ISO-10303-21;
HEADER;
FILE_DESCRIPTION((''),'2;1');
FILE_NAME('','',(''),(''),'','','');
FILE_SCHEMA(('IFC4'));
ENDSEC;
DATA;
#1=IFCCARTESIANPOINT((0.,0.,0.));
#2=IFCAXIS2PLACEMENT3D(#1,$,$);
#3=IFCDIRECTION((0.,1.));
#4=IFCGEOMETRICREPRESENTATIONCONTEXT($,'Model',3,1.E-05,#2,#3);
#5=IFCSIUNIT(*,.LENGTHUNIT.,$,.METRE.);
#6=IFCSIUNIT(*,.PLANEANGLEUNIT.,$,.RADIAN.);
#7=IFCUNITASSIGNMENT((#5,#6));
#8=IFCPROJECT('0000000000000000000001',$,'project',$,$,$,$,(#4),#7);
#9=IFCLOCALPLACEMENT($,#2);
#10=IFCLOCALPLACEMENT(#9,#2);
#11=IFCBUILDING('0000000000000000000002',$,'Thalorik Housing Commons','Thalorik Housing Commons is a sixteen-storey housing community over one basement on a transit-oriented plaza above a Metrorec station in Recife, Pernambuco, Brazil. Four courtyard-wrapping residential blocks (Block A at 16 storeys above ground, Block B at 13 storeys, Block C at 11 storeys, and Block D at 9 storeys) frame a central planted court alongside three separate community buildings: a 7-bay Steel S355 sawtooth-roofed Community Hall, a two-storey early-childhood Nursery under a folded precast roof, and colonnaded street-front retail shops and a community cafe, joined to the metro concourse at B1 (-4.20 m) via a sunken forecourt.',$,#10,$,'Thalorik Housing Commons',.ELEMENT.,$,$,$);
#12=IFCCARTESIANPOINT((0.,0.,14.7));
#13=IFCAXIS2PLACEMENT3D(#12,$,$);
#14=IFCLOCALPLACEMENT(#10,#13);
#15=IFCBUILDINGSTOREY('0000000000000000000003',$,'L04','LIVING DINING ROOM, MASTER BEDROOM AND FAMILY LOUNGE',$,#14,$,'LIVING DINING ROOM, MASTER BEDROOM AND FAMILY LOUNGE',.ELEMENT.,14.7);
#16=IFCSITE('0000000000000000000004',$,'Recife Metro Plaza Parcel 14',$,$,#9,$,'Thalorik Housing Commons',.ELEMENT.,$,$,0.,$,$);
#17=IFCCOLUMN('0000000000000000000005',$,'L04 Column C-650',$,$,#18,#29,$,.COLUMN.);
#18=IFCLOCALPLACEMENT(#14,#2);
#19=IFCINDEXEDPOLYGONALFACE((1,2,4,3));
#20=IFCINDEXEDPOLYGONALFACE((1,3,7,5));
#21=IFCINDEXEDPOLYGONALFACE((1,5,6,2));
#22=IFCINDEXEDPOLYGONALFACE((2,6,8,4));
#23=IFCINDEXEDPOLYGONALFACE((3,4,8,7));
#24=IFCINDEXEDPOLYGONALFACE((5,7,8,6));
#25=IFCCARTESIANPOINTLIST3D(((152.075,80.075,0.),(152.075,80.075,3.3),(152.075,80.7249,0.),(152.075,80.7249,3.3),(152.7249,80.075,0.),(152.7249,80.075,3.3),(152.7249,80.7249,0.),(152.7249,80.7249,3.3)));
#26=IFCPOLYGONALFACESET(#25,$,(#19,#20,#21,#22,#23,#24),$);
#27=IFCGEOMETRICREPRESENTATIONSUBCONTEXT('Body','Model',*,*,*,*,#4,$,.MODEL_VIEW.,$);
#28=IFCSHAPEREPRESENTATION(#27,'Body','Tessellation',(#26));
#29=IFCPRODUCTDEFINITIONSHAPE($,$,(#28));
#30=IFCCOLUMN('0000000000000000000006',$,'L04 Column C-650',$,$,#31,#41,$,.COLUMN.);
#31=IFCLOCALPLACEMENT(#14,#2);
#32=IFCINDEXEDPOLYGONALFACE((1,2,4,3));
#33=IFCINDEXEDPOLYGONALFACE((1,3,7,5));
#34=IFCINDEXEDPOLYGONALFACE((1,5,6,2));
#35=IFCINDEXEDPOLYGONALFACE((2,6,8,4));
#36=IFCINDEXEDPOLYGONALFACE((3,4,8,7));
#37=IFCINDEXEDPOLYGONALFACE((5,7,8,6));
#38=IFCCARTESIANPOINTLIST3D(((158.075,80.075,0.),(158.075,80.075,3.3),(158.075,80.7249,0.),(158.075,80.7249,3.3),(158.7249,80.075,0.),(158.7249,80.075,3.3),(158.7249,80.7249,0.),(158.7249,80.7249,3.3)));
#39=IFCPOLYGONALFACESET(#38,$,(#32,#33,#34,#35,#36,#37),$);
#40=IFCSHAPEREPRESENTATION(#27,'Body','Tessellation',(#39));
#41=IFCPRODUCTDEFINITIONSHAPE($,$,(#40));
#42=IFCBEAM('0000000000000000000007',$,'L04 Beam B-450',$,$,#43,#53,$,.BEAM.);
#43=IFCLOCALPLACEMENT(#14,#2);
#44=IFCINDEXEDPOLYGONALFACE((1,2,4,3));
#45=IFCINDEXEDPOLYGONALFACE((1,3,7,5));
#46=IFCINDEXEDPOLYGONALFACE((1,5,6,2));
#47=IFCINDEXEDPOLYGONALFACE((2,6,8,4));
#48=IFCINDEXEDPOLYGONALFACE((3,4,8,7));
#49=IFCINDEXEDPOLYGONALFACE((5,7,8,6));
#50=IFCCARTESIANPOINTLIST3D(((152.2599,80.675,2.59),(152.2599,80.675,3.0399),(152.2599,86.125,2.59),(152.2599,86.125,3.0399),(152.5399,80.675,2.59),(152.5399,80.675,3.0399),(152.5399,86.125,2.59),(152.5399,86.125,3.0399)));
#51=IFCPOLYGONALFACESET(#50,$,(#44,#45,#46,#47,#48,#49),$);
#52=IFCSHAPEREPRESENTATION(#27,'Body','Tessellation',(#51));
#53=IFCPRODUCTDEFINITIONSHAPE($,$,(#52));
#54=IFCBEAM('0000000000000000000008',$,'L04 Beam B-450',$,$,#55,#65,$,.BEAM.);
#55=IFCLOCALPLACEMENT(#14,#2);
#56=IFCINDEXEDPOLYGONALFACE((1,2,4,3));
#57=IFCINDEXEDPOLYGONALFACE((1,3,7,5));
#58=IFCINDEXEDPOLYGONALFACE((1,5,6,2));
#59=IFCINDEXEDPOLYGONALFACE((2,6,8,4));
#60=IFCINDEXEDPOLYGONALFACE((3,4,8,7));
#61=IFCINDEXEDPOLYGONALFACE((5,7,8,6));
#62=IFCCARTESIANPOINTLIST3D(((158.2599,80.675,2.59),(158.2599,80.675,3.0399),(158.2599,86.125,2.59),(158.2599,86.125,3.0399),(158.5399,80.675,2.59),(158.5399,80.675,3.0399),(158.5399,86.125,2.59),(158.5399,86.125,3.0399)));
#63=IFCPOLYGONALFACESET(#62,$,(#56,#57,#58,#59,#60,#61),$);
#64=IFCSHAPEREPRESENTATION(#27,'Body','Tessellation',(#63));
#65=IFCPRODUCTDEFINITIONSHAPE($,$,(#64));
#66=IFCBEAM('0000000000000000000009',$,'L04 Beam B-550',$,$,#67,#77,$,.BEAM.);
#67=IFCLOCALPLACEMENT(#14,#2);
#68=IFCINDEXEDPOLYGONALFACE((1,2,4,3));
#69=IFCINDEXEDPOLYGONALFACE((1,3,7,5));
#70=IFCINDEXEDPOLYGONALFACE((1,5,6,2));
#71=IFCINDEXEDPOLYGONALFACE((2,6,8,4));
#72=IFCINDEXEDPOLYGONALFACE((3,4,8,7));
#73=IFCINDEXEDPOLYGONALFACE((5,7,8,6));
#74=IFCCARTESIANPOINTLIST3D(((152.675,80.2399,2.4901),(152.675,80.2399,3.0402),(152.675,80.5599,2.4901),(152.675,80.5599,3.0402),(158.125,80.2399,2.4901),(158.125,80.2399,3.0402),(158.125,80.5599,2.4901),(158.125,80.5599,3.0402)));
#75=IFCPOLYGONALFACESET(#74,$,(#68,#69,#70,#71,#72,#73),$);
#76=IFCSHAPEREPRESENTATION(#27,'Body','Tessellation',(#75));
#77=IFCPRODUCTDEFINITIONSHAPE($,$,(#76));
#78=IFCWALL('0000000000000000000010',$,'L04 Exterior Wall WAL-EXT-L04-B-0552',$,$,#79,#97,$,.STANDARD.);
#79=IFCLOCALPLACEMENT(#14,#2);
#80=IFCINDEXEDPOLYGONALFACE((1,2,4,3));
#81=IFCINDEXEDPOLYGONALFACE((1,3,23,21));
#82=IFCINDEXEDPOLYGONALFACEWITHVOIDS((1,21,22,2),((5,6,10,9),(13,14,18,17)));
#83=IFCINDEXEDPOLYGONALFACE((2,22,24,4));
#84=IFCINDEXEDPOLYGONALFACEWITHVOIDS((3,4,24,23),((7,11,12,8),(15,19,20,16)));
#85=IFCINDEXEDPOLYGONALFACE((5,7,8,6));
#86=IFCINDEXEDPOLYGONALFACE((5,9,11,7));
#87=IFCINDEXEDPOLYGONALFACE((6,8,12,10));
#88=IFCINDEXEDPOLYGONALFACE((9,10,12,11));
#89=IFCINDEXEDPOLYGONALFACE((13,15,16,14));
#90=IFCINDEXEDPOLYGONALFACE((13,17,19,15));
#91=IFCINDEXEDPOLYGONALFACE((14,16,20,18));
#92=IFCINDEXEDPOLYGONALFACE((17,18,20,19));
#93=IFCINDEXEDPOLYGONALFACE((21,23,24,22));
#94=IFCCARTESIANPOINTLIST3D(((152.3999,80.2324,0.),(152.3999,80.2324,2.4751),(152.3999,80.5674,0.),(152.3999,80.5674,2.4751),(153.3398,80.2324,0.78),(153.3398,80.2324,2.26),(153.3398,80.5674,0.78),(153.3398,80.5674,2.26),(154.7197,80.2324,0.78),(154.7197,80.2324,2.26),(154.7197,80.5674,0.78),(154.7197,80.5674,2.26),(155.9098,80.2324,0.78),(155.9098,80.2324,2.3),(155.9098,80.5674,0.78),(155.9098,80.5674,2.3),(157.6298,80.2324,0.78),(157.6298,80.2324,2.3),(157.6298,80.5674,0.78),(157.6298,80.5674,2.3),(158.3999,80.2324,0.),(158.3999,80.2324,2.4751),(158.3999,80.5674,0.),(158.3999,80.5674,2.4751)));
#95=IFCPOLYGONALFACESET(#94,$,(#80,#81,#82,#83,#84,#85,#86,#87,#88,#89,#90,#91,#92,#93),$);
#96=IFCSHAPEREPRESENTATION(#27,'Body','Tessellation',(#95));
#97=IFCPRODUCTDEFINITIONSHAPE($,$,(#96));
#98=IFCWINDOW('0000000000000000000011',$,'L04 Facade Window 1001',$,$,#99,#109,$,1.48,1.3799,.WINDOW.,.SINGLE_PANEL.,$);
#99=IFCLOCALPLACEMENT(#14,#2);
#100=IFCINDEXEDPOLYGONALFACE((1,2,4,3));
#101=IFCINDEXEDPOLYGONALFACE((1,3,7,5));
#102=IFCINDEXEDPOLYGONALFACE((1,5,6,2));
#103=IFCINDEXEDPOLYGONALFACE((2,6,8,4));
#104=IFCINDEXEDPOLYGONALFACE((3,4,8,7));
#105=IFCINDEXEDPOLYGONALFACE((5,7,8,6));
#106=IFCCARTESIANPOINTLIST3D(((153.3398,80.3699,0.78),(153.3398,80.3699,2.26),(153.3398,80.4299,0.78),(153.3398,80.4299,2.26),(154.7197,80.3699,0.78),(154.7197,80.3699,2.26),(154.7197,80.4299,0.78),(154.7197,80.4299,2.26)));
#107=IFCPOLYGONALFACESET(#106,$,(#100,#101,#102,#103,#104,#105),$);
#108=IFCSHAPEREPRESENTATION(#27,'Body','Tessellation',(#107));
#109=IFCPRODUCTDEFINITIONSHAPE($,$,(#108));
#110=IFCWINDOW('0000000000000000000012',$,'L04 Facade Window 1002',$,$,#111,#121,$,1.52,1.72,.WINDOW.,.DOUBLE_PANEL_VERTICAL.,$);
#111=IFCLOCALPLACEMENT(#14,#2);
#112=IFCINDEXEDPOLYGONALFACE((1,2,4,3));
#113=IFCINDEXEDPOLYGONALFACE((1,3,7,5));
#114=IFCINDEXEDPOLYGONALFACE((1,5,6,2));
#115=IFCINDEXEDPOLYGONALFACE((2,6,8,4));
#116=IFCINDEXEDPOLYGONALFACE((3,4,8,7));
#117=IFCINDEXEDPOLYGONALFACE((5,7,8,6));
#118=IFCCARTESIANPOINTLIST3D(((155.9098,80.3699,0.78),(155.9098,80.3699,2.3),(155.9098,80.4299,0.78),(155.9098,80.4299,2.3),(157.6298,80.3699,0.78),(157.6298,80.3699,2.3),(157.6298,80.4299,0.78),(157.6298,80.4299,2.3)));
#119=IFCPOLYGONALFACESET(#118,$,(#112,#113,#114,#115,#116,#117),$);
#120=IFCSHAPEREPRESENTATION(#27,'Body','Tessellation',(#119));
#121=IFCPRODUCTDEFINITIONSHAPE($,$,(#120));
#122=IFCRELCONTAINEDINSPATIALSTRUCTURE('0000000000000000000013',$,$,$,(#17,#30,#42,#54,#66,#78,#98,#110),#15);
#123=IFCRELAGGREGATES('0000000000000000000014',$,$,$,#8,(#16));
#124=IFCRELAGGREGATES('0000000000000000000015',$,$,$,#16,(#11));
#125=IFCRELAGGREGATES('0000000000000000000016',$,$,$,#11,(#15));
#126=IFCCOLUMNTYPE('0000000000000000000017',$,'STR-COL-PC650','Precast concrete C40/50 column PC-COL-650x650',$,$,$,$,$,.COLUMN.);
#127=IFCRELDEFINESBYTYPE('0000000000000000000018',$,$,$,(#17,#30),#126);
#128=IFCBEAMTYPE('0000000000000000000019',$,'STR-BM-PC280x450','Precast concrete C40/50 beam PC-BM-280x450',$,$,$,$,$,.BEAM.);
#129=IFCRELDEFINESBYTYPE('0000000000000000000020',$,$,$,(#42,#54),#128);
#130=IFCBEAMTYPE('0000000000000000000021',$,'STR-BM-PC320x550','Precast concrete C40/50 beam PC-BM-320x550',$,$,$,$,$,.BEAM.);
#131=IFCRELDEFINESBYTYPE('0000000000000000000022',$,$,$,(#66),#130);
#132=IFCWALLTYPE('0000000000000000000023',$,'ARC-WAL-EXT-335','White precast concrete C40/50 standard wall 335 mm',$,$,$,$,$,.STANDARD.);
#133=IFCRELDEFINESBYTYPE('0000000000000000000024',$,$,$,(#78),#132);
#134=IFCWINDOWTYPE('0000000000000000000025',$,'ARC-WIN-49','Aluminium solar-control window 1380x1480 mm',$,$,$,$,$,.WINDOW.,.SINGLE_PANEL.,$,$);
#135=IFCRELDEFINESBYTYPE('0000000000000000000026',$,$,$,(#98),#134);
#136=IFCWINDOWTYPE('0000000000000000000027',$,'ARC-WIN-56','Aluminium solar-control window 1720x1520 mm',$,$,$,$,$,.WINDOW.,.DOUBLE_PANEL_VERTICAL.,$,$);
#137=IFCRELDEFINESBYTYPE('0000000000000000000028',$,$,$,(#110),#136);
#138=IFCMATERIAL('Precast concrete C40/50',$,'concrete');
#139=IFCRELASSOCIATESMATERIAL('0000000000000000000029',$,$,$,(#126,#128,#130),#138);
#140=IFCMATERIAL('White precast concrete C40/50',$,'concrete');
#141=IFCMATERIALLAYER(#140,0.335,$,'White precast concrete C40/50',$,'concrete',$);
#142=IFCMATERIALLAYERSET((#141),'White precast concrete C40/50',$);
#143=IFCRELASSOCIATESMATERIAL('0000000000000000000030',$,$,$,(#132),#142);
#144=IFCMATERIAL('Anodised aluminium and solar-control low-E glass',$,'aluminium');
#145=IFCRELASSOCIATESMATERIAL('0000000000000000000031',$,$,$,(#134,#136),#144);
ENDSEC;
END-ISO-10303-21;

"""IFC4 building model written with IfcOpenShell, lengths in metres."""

from ifc_helpers import new_model, si_unit, direction, frame, frame_2d, origin, origin_2d, place, context, subcontext, project, spatial, rectangle, extrude, material, layer, layer_set, material_profile, profile_set, type_object, element, fill, save


model = new_model("IFC4")

# Units and contexts
model_context = context("Model", 3, precision=1e-05, world=origin(), true_north=direction((0.0, 1.0)))
body_context = subcontext(model_context, "Body", "Model", "MODEL_VIEW")
ifc_project = project(units=[si_unit("LENGTHUNIT", "METRE"), si_unit("PLANEANGLEUNIT", "RADIAN")], contexts=[model_context])

# Site, building, storey
site_placement = place(None, origin())
site = spatial("IfcSite", under=ifc_project, at=site_placement, Name="Recife Metro Plaza Parcel 14", LongName="Thalorik Housing Commons", CompositionType="ELEMENT", RefElevation=0.0)
building_placement = place(site_placement, origin())
building = spatial("IfcBuilding", under=site, at=building_placement, Name="Thalorik Housing Commons", Description="Thalorik Housing Commons is a sixteen-storey housing community over one basement on a transit-oriented plaza above a Metrorec station in Recife, Pernambuco, Brazil. Four courtyard-wrapping residential blocks (Block A at 16 storeys above ground, Block B at 13 storeys, Block C at 11 storeys, and Block D at 9 storeys) frame a central planted court alongside three separate community buildings: a 7-bay Steel S355 sawtooth-roofed Community Hall, a two-storey early-childhood Nursery under a folded precast roof, and colonnaded street-front retail shops and a community cafe, joined to the metro concourse at B1 (-4.20 m) via a sunken forecourt.", LongName="Thalorik Housing Commons", CompositionType="ELEMENT")
storey_placement = place(building_placement, frame((0.0, 0.0, 14.7)))
storey = spatial("IfcBuildingStorey", under=building, at=storey_placement, Name="L04", Description="LIVING DINING ROOM, MASTER BEDROOM AND FAMILY LOUNGE", LongName="LIVING DINING ROOM, MASTER BEDROOM AND FAMILY LOUNGE", CompositionType="ELEMENT", Elevation=14.7)

# Columns
ifc_material_1 = material(Name="Precast concrete C40/50", Category="concrete")
ifc_material_profile_1 = material_profile(ifc_material_1, rectangle(XDim=0.6499, YDim=0.6499, at=origin_2d()), Name="PC 650x650", Category="concrete")
ifc_profile_set_1 = profile_set([ifc_material_profile_1], Name="Precast concrete C40/50")
column_type = type_object("IfcColumnType", Name="STR-COL-PC650", Description="Precast concrete C40/50 column PC-COL-650x650", PredefinedType="COLUMN", material=ifc_profile_set_1)
for number, where, z_axis, x_axis, name in (
    (1, (152.3999, 80.3999, 0.0), (0.0, 0.0, 1.0), (1.0, 0.0, 0.0), "L04 Column C-650"),
    (2, (158.3999, 80.3999, 0.0), (0.0, 0.0, 1.0), (1.0, 0.0, 0.0), "L04 Column C-650"),
):
    element("IfcColumn", number, at=place(storey_placement, frame(where, z_axis=z_axis, x_axis=x_axis)), inside=storey, type_object=column_type, Name=name, PredefinedType="COLUMN", context=body_context, shape_type="SweptSolid", body=[
        extrude(rectangle(XDim=0.6499, YDim=0.6499, at=origin_2d()), origin(), (0.0, 0.0, 1.0), 3.3),
    ])

# Beams
ifc_material_profile_2 = material_profile(ifc_material_1, rectangle(XDim=0.28, YDim=0.45, at=origin_2d()), Name="PC 280x450", Category="concrete")
ifc_profile_set_2 = profile_set([ifc_material_profile_2], Name="Precast concrete C40/50")
beam_type_1 = type_object("IfcBeamType", Name="STR-BM-PC280x450", Description="Precast concrete C40/50 beam PC-BM-280x450", PredefinedType="BEAM", material=ifc_profile_set_2)
for number, where, z_axis, x_axis, name in (
    (3, (152.3999, 80.675, 2.8149), (0.0, 1.0, 0.0), (-1.0, 0.0, 0.0), "L04 Beam B-450"),
    (4, (158.3999, 80.675, 2.8149), (0.0, 1.0, 0.0), (-1.0, 0.0, 0.0), "L04 Beam B-450"),
):
    element("IfcBeam", number, at=place(storey_placement, frame(where, z_axis=z_axis, x_axis=x_axis)), inside=storey, type_object=beam_type_1, Name=name, PredefinedType="BEAM", context=body_context, shape_type="SweptSolid", body=[
        extrude(rectangle(XDim=0.28, YDim=0.45, at=origin_2d()), origin(), (0.0, 0.0, 1.0), 5.45),
    ])
ifc_material_profile_3 = material_profile(ifc_material_1, rectangle(XDim=0.3201, YDim=0.55, at=origin_2d()), Name="PC 320x550", Category="concrete")
ifc_profile_set_3 = profile_set([ifc_material_profile_3], Name="Precast concrete C40/50")
beam_type_2 = type_object("IfcBeamType", Name="STR-BM-PC320x550", Description="Precast concrete C40/50 beam PC-BM-320x550", PredefinedType="BEAM", material=ifc_profile_set_3)
beam_placement = place(storey_placement, frame((152.675, 80.3999, 2.7651), z_axis=(1.0, 0.0, 0.0), x_axis=(0.0, 1.0, 0.0)))
element("IfcBeam", 5, at=beam_placement, inside=storey, type_object=beam_type_2, Name="L04 Beam B-550", PredefinedType="BEAM", context=body_context, shape_type="SweptSolid", body=[
    extrude(rectangle(XDim=0.3201, YDim=0.55, at=origin_2d()), origin(), (0.0, 0.0, 1.0), 5.45),
])

# Wall, openings, windows
ifc_material_2 = material(Name="White precast concrete C40/50", Category="concrete")
ifc_layer_1 = layer(ifc_material_2, 0.335, Name="White precast concrete C40/50", Category="concrete")
ifc_layer_set_1 = layer_set([ifc_layer_1], Name="White precast concrete C40/50")
wall_type_1 = type_object("IfcWallType", Name="ARC-WAL-EXT-335", Description="White precast concrete C40/50 standard wall 335 mm", PredefinedType="STANDARD", material=ifc_layer_set_1)
wall_1_placement = place(storey_placement, frame((152.3999, 80.3999, 0.0), z_axis=(0.0, 0.0, 1.0), x_axis=(1.0, 0.0, 0.0)))
wall_1 = element("IfcWall", 6, at=wall_1_placement, inside=storey, type_object=wall_type_1, Name="L04 Exterior Wall WAL-EXT-L04-B-0552", PredefinedType="STANDARD", context=body_context, shape_type="SweptSolid", body=[
    extrude(rectangle(XDim=6.0, YDim=0.335, at=frame_2d((3.0, 0.0))), origin(), (0.0, 0.0, 1.0), 2.4751),
])
opening_1_placement = place(wall_1_placement, frame((0.9399, 0.0, 0.78)))
opening_1 = element("IfcOpeningElement", 7, at=opening_1_placement, cuts=wall_1, PredefinedType="OPENING", context=body_context, shape_type="SweptSolid", body=[
    extrude(rectangle(XDim=1.3799, YDim=1.48, at=frame_2d((0.6899, 0.74))), frame((0.0, 0.1775, 0.0), z_axis=(0.0, -1.0, 0.0), x_axis=(1.0, 0.0, 0.0)), (0.0, 0.0, 1.0), 0.355),
])
opening_2_placement = place(wall_1_placement, frame((3.51, 0.0, 0.78)))
opening_2 = element("IfcOpeningElement", 8, at=opening_2_placement, cuts=wall_1, PredefinedType="OPENING", context=body_context, shape_type="SweptSolid", body=[
    extrude(rectangle(XDim=1.72, YDim=1.52, at=frame_2d((0.8599, 0.76))), frame((0.0, 0.1775, 0.0), z_axis=(0.0, -1.0, 0.0), x_axis=(1.0, 0.0, 0.0)), (0.0, 0.0, 1.0), 0.355),
])
ifc_material_3 = material(Name="Anodised aluminium and solar-control low-E glass", Category="aluminium")
window_type_1 = type_object("IfcWindowType", Name="ARC-WIN-49", Description="Aluminium solar-control window 1380x1480 mm", PartitioningType="SINGLE_PANEL", PredefinedType="WINDOW", material=ifc_material_3)
window_1_placement = place(opening_1_placement, origin())
window_1 = element("IfcWindow", 9, at=window_1_placement, inside=storey, type_object=window_type_1, Name="L04 Facade Window 1001", OverallHeight=1.48, OverallWidth=1.3799, PartitioningType="SINGLE_PANEL", PredefinedType="WINDOW", context=body_context, shape_type="SweptSolid", body=[
    extrude(rectangle(XDim=1.3799, YDim=1.48, at=frame_2d((0.6899, 0.74))), frame((0.0, 0.03, 0.0), z_axis=(0.0, -1.0, 0.0), x_axis=(1.0, 0.0, 0.0)), (0.0, 0.0, 1.0), 0.0601),
])
fill(opening_1, window_1)
window_type_2 = type_object("IfcWindowType", Name="ARC-WIN-56", Description="Aluminium solar-control window 1720x1520 mm", PartitioningType="DOUBLE_PANEL_VERTICAL", PredefinedType="WINDOW", material=ifc_material_3)
window_2_placement = place(opening_2_placement, origin())
window_2 = element("IfcWindow", 10, at=window_2_placement, inside=storey, type_object=window_type_2, Name="L04 Facade Window 1002", OverallHeight=1.52, OverallWidth=1.72, PartitioningType="DOUBLE_PANEL_VERTICAL", PredefinedType="WINDOW", context=body_context, shape_type="SweptSolid", body=[
    extrude(rectangle(XDim=1.72, YDim=1.52, at=frame_2d((0.8599, 0.76))), frame((0.0, 0.03, 0.0), z_axis=(0.0, -1.0, 0.0), x_axis=(1.0, 0.0, 0.0)), (0.0, 0.0, 1.0), 0.0601),
])
fill(opening_2, window_2)

save(model, "model.ifc")
